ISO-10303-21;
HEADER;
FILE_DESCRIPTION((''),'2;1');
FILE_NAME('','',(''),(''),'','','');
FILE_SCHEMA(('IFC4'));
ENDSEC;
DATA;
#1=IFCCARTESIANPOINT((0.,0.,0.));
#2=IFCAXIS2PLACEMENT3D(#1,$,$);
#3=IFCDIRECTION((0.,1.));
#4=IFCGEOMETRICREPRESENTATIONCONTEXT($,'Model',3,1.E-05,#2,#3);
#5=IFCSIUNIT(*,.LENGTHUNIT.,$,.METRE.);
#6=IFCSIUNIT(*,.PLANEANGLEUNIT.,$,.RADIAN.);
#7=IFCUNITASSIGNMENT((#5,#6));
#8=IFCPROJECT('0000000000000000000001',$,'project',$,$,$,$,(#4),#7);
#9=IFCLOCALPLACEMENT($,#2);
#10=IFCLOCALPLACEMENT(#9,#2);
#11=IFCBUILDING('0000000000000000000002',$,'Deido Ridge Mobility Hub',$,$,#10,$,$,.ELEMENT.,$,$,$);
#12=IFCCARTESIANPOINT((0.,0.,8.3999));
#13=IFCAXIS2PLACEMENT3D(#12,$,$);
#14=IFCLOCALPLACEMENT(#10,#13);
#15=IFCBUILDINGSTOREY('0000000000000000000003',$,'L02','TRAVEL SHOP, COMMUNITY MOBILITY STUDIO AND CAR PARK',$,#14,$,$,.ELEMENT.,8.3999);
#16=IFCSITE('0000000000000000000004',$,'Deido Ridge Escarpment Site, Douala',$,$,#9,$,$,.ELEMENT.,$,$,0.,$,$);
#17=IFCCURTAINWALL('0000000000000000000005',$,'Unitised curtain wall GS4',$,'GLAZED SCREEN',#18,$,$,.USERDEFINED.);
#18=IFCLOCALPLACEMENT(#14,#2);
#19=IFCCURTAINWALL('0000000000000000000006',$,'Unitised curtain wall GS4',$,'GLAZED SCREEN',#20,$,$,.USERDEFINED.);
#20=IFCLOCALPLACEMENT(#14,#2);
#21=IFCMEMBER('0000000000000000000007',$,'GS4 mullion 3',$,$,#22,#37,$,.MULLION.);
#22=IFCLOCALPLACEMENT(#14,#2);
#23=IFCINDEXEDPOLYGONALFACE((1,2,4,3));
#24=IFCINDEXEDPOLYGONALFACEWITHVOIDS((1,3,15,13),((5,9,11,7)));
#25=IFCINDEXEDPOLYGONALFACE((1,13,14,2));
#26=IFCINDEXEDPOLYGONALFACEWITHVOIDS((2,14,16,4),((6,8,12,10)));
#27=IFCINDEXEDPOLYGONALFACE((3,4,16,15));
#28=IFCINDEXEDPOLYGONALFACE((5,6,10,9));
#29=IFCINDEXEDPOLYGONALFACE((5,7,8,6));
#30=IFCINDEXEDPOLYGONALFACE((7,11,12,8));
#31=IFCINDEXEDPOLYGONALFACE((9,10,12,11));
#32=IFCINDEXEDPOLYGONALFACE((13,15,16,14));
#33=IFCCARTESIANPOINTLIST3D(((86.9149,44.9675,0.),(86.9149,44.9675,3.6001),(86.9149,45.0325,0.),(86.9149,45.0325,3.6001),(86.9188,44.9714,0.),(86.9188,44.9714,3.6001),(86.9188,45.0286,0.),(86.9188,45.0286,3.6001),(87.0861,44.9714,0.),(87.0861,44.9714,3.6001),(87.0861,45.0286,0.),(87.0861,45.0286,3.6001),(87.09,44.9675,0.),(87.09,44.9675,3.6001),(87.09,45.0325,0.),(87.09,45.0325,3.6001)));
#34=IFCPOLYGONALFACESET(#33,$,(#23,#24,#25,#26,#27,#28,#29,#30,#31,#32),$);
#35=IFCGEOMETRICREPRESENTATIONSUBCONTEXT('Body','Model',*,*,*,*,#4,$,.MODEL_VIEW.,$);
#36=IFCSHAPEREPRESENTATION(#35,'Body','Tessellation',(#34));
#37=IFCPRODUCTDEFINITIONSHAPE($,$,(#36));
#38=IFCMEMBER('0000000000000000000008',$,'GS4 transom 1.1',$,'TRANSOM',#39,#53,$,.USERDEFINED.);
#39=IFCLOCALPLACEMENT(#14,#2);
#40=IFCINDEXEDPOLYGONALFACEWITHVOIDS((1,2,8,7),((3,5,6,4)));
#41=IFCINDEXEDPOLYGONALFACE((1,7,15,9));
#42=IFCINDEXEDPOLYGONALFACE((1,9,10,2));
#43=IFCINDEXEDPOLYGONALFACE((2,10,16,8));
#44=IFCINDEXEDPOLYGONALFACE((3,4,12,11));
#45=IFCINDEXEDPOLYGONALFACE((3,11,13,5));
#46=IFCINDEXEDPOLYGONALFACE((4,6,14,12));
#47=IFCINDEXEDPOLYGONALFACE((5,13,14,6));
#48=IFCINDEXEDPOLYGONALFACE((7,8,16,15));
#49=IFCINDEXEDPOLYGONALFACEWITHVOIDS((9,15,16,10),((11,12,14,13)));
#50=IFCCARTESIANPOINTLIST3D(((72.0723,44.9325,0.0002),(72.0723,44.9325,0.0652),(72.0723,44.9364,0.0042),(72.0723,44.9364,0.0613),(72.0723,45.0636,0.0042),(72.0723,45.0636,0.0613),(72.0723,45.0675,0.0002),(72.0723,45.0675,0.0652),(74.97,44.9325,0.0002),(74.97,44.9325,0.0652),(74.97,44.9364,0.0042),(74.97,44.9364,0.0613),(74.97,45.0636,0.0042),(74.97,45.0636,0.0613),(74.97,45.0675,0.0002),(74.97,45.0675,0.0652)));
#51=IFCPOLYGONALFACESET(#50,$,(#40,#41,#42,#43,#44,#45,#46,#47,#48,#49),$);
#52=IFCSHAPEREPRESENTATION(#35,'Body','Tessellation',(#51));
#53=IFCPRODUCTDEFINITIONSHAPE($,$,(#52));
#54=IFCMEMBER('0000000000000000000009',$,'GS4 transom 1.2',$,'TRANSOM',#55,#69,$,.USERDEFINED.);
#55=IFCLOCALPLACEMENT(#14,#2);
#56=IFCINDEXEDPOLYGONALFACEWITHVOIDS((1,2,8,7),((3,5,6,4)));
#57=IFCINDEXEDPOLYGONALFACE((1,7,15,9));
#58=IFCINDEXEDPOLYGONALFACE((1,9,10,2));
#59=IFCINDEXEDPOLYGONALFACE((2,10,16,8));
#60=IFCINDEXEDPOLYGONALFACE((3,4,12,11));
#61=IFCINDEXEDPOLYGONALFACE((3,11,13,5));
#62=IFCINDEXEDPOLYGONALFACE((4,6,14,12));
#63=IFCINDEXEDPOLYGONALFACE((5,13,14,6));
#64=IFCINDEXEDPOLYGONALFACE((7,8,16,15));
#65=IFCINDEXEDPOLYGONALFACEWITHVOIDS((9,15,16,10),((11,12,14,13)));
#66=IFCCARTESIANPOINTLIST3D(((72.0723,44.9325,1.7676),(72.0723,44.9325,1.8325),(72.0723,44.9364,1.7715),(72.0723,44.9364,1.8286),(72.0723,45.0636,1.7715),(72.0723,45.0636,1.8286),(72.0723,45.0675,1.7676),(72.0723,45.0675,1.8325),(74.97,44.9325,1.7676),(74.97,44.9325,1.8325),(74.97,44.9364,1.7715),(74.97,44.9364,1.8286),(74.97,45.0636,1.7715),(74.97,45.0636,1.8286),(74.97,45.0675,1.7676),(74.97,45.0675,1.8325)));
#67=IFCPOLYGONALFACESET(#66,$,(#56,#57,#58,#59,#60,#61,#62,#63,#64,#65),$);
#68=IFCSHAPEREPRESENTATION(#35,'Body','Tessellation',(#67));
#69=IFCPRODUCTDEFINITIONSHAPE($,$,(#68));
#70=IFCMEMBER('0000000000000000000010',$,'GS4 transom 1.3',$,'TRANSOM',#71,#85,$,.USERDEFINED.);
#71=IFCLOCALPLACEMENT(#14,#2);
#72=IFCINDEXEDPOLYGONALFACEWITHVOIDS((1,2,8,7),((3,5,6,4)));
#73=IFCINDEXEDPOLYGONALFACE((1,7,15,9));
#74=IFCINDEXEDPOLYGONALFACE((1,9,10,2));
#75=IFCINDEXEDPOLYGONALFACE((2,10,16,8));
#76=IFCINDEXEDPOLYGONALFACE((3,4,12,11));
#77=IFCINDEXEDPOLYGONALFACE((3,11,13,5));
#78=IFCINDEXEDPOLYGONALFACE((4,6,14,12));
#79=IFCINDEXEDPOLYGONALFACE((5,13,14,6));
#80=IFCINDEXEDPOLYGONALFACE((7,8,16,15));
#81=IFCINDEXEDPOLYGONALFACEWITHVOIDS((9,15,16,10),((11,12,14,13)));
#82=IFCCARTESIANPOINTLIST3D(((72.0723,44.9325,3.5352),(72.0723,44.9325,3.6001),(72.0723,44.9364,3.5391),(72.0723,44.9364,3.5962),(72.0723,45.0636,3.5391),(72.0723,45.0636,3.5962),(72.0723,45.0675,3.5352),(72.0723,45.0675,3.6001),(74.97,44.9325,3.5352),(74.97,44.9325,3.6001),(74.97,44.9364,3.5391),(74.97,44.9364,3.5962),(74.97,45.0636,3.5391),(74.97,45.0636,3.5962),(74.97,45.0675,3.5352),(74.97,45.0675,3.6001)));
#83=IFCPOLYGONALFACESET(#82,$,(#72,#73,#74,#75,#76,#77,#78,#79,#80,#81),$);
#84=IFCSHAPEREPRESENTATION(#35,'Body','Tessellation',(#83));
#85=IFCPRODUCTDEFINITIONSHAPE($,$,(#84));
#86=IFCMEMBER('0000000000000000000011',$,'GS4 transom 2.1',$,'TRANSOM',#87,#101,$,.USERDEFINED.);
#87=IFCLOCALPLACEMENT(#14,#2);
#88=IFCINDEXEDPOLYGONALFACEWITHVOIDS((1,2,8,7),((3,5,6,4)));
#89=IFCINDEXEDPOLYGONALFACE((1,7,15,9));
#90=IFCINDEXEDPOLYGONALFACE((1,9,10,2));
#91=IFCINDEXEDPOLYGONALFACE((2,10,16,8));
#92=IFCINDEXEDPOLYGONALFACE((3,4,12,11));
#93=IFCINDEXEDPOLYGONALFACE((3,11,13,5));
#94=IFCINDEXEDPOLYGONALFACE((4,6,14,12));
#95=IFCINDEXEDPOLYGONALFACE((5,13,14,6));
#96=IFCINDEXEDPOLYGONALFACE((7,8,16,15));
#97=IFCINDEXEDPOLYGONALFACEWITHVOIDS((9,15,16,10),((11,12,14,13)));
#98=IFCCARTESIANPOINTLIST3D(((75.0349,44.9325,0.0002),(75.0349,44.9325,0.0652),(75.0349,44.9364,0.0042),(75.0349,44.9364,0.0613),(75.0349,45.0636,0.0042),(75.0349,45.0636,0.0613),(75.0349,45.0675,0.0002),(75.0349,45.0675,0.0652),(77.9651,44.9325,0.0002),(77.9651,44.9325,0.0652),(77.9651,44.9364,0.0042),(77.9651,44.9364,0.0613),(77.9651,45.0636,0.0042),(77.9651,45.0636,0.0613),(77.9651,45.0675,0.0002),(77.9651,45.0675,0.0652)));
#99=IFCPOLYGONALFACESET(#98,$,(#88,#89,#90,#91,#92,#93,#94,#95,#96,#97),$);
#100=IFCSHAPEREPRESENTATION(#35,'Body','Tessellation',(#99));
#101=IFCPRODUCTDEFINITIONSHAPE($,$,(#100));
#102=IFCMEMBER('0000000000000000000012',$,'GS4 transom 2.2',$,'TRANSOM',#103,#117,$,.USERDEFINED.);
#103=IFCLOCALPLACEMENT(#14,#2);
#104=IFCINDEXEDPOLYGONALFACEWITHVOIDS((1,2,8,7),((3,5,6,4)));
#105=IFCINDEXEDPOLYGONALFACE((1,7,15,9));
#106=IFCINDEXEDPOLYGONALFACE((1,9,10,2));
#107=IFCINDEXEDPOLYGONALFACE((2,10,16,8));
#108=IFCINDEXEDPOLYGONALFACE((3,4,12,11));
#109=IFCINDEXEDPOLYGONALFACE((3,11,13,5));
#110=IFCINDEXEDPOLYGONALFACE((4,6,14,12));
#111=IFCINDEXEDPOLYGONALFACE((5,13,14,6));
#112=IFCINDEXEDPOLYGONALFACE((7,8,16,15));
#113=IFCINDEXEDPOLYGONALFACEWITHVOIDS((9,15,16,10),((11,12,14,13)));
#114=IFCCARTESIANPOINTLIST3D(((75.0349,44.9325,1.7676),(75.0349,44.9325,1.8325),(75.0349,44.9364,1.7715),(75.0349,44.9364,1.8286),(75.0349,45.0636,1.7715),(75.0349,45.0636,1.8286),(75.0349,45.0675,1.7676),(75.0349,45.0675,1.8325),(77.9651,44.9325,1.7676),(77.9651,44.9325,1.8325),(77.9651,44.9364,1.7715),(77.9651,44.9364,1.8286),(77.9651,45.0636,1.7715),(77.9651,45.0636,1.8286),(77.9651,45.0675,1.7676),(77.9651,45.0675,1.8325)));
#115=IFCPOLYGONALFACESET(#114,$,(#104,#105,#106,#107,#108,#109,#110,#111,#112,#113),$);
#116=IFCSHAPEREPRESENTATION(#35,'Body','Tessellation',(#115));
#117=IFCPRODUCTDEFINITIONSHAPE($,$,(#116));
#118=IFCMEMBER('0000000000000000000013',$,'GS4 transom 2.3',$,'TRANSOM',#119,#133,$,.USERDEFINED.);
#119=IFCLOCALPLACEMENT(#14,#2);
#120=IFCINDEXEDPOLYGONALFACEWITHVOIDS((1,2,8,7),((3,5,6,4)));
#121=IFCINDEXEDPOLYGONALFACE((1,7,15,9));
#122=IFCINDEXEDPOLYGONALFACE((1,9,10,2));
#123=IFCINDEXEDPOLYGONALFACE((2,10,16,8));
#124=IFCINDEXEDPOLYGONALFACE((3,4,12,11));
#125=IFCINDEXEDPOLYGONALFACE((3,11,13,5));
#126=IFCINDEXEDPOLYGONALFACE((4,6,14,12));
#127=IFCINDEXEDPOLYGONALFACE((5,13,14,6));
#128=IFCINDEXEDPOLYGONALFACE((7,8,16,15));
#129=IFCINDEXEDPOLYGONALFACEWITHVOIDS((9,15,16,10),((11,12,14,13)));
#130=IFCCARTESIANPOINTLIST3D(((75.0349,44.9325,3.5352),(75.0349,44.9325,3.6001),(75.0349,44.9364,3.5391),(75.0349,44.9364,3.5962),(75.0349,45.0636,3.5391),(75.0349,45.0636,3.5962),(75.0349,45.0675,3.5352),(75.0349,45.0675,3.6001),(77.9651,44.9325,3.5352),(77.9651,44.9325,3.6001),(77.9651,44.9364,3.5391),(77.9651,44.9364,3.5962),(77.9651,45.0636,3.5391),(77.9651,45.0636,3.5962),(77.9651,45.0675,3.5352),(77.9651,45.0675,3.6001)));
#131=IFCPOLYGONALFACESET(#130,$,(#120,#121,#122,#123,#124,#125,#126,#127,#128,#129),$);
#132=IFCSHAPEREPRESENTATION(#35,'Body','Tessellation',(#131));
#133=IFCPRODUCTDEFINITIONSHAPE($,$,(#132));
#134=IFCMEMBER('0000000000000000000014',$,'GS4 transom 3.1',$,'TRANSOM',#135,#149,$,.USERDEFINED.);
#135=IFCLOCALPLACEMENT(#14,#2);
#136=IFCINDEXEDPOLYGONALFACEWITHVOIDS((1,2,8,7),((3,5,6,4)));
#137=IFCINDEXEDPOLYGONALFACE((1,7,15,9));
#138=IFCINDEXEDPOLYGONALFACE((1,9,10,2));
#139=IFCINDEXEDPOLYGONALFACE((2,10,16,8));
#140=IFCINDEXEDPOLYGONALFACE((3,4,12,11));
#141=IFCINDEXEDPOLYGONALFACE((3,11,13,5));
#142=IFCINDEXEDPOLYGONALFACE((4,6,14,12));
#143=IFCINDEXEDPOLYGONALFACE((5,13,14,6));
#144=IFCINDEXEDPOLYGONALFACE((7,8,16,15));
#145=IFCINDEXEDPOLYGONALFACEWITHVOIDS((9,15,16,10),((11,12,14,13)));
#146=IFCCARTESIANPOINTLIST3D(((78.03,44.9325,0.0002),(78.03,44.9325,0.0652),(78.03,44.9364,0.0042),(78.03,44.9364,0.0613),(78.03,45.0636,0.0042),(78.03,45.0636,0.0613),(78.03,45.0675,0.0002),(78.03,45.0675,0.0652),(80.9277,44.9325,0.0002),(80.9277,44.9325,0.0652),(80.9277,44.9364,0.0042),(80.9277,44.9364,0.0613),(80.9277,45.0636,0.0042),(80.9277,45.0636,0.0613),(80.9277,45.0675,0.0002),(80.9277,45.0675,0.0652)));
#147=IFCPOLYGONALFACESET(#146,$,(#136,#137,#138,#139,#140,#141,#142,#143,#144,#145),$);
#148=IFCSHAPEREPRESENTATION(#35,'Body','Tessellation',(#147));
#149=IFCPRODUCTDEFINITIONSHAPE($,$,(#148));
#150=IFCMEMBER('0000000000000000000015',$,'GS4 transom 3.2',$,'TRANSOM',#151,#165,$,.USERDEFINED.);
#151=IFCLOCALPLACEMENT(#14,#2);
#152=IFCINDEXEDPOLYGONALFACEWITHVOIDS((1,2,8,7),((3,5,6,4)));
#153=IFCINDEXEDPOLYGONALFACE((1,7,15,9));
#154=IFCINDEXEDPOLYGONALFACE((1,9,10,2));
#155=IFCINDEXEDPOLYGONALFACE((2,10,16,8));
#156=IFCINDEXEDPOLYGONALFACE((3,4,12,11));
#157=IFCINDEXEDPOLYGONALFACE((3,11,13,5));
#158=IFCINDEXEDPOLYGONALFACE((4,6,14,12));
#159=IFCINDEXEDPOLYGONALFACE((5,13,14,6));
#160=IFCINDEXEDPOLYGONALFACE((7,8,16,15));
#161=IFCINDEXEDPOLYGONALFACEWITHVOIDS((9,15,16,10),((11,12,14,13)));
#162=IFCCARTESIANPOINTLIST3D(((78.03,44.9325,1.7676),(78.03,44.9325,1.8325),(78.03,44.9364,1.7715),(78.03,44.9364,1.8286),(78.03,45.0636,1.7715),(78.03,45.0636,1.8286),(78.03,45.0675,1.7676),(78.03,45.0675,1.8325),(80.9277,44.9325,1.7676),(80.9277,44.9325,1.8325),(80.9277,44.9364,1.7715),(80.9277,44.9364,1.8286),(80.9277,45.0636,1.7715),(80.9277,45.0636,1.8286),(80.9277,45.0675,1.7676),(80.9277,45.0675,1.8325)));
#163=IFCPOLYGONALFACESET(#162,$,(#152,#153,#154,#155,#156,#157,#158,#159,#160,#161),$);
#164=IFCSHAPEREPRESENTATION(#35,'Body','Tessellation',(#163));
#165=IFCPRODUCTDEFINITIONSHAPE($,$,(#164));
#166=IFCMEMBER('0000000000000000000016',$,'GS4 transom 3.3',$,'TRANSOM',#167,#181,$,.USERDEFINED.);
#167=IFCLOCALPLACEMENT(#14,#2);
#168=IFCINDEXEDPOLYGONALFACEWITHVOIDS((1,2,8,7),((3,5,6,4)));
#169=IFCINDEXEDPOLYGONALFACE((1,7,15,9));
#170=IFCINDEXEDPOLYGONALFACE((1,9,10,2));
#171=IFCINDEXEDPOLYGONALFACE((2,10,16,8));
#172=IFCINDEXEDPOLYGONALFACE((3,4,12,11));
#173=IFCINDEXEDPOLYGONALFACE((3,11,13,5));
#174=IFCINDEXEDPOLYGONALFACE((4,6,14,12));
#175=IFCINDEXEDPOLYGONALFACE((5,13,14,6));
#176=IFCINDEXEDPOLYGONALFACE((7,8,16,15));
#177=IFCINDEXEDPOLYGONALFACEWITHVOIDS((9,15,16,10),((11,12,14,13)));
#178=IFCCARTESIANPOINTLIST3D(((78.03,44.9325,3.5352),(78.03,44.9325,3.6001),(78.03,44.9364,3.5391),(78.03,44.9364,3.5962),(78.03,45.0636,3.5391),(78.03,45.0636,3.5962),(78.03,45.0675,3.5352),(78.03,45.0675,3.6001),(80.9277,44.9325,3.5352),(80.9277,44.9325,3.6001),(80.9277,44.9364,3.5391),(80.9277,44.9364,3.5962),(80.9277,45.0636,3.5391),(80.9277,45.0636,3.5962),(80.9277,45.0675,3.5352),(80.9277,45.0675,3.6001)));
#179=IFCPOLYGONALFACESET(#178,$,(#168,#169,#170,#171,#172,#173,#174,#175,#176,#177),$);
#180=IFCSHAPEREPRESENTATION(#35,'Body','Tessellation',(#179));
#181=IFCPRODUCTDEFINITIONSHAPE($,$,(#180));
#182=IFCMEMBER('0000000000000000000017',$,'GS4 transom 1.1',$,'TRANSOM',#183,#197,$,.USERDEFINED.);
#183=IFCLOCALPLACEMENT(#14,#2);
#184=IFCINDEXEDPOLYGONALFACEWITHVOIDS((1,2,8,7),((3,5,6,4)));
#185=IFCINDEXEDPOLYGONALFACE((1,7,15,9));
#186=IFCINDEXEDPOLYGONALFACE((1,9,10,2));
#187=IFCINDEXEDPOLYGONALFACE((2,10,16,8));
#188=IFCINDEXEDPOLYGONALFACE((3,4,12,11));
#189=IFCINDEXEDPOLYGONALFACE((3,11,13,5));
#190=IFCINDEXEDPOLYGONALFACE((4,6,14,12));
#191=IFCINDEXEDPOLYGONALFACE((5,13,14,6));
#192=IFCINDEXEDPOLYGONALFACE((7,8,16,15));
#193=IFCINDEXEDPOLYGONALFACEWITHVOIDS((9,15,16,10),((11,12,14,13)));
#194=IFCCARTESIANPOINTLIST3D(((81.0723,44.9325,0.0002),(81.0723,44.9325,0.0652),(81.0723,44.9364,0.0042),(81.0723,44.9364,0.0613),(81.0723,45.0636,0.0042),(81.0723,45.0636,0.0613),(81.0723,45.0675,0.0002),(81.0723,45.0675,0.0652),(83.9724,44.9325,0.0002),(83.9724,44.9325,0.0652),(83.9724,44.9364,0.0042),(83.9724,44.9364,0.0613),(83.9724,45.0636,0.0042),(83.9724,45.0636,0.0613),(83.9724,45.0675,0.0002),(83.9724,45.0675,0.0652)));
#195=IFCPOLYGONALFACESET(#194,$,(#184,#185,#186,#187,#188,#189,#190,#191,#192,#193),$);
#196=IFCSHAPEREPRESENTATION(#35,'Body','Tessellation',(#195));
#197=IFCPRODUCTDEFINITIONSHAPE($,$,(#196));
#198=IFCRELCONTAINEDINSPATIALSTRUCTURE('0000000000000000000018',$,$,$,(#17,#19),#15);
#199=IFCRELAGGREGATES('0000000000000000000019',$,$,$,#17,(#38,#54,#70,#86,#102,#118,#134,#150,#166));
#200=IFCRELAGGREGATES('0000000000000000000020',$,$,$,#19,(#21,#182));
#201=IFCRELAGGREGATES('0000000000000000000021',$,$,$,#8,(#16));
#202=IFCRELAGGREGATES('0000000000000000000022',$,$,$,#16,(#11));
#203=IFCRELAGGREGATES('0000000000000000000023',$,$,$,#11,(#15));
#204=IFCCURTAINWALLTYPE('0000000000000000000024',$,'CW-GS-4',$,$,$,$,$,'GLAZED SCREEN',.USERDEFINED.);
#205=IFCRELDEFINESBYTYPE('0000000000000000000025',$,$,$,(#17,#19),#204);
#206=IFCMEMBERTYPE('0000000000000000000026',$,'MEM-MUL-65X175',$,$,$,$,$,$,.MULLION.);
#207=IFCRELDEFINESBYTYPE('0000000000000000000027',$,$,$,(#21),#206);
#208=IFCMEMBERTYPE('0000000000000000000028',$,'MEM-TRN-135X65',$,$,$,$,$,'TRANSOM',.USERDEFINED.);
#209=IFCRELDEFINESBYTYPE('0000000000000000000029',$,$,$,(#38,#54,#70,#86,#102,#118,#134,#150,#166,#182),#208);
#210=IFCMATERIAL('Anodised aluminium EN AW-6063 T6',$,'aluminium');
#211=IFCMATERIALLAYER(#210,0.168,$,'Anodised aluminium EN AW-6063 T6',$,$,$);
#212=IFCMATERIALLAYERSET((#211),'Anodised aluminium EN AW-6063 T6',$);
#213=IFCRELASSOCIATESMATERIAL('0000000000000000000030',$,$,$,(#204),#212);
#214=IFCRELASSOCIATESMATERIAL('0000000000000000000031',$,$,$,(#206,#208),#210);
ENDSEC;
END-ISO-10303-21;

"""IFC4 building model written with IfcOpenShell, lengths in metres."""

from ifc_helpers import new_model, si_unit, direction, frame, origin, origin_2d, place, context, subcontext, project, spatial, hollow_rectangle, extrude, material, layer, layer_set, material_profile, profile_set, type_object, element, aggregate, save


model = new_model("IFC4")

# Units and contexts
model_context = context("Model", 3, precision=1e-05, world=origin(), true_north=direction((0.0, 1.0)))
body_context = subcontext(model_context, "Body", "Model", "MODEL_VIEW")
ifc_project = project(units=[si_unit("LENGTHUNIT", "METRE"), si_unit("PLANEANGLEUNIT", "RADIAN")], contexts=[model_context])

# Site, building, storey
site_placement = place(None, origin())
site = spatial("IfcSite", under=ifc_project, at=site_placement, Name="Deido Ridge Escarpment Site, Douala", CompositionType="ELEMENT", RefElevation=0.0)
building_placement = place(site_placement, origin())
building = spatial("IfcBuilding", under=site, at=building_placement, Name="Deido Ridge Mobility Hub", CompositionType="ELEMENT")
storey_placement = place(building_placement, frame((0.0, 0.0, 8.3999)))
storey = spatial("IfcBuildingStorey", under=building, at=storey_placement, Name="L02", Description="TRAVEL SHOP, COMMUNITY MOBILITY STUDIO AND CAR PARK", CompositionType="ELEMENT", Elevation=8.3999)

# Curtain walls, member
ifc_material_1 = material(Name="Anodised aluminium EN AW-6063 T6", Category="aluminium")
ifc_layer_1 = layer(ifc_material_1, 0.168, Name="Anodised aluminium EN AW-6063 T6")
ifc_layer_set_1 = layer_set([ifc_layer_1], Name="Anodised aluminium EN AW-6063 T6")
curtain_wall_type = type_object("IfcCurtainWallType", Name="CW-GS-4", ElementType="GLAZED SCREEN", PredefinedType="USERDEFINED", material=ifc_layer_set_1)
curtain_wall_1_placement = place(storey_placement, origin())
curtain_wall_1 = element("IfcCurtainWall", 1, at=curtain_wall_1_placement, inside=storey, type_object=curtain_wall_type, Name="Unitised curtain wall GS4", ObjectType="GLAZED SCREEN", PredefinedType="USERDEFINED")
ifc_material_profile_1 = material_profile(ifc_material_1, hollow_rectangle(XDim=0.0649, YDim=0.175, WallThickness=0.0039, at=origin_2d()), Name="RHS 65x175x4")
ifc_profile_set_1 = profile_set([ifc_material_profile_1], Name="Anodised aluminium EN AW-6063 T6")
member_type_1 = type_object("IfcMemberType", Name="MEM-MUL-65X175", PredefinedType="MULLION", material=ifc_profile_set_1)
curtain_wall_2_placement = place(storey_placement, origin())
curtain_wall_2 = element("IfcCurtainWall", 2, at=curtain_wall_2_placement, inside=storey, type_object=curtain_wall_type, Name="Unitised curtain wall GS4", ObjectType="GLAZED SCREEN", PredefinedType="USERDEFINED")
member_1_placement = place(storey_placement, frame((87.0024, 45.0, 0.0), z_axis=(0.0, 0.0, 1.0), x_axis=(0.0, 1.0, 0.0)))
member_1 = element("IfcMember", 3, at=member_1_placement, type_object=member_type_1, Name="GS4 mullion 3", PredefinedType="MULLION", context=body_context, shape_type="SweptSolid", body=[
    extrude(hollow_rectangle(XDim=0.0649, YDim=0.175, WallThickness=0.0039, at=origin_2d()), origin(), (0.0, 0.0, 1.0), 3.6001),
])

# Members
ifc_material_profile_2 = material_profile(ifc_material_1, hollow_rectangle(XDim=0.135, YDim=0.0649, WallThickness=0.0039, at=origin_2d()), Name="RHS 135x65x4")
ifc_profile_set_2 = profile_set([ifc_material_profile_2], Name="Anodised aluminium EN AW-6063 T6")
member_type_2 = type_object("IfcMemberType", Name="MEM-TRN-135X65", ElementType="TRANSOM", PredefinedType="USERDEFINED", material=ifc_profile_set_2)
member_2_placement = place(storey_placement, frame((72.0723, 45.0, 0.0327), z_axis=(1.0, 0.0, 0.0), x_axis=(0.0, 1.0, 0.0)))
member_2 = element("IfcMember", 4, at=member_2_placement, type_object=member_type_2, Name="GS4 transom 1.1", ObjectType="TRANSOM", PredefinedType="USERDEFINED", context=body_context, shape_type="SweptSolid", body=[
    extrude(hollow_rectangle(XDim=0.135, YDim=0.0649, WallThickness=0.0039, at=origin_2d()), origin(), (0.0, 0.0, 1.0), 2.8977),
])
member_3_placement = place(storey_placement, frame((72.0723, 45.0, 1.8), z_axis=(1.0, 0.0, 0.0), x_axis=(0.0, 1.0, 0.0)))
member_3 = element("IfcMember", 5, at=member_3_placement, type_object=member_type_2, Name="GS4 transom 1.2", ObjectType="TRANSOM", PredefinedType="USERDEFINED", context=body_context, shape_type="SweptSolid", body=[
    extrude(hollow_rectangle(XDim=0.135, YDim=0.0649, WallThickness=0.0039, at=origin_2d()), origin(), (0.0, 0.0, 1.0), 2.8977),
])
member_4_placement = place(storey_placement, frame((72.0723, 45.0, 3.5676), z_axis=(1.0, 0.0, 0.0), x_axis=(0.0, 1.0, 0.0)))
member_4 = element("IfcMember", 6, at=member_4_placement, type_object=member_type_2, Name="GS4 transom 1.3", ObjectType="TRANSOM", PredefinedType="USERDEFINED", context=body_context, shape_type="SweptSolid", body=[
    extrude(hollow_rectangle(XDim=0.135, YDim=0.0649, WallThickness=0.0039, at=origin_2d()), origin(), (0.0, 0.0, 1.0), 2.8977),
])
member_5_placement = place(storey_placement, frame((75.0349, 45.0, 0.0327), z_axis=(1.0, 0.0, 0.0), x_axis=(0.0, 1.0, 0.0)))
member_5 = element("IfcMember", 7, at=member_5_placement, type_object=member_type_2, Name="GS4 transom 2.1", ObjectType="TRANSOM", PredefinedType="USERDEFINED", context=body_context, shape_type="SweptSolid", body=[
    extrude(hollow_rectangle(XDim=0.135, YDim=0.0649, WallThickness=0.0039, at=origin_2d()), origin(), (0.0, 0.0, 1.0), 2.9302),
])
member_6_placement = place(storey_placement, frame((75.0349, 45.0, 1.8), z_axis=(1.0, 0.0, 0.0), x_axis=(0.0, 1.0, 0.0)))
member_6 = element("IfcMember", 8, at=member_6_placement, type_object=member_type_2, Name="GS4 transom 2.2", ObjectType="TRANSOM", PredefinedType="USERDEFINED", context=body_context, shape_type="SweptSolid", body=[
    extrude(hollow_rectangle(XDim=0.135, YDim=0.0649, WallThickness=0.0039, at=origin_2d()), origin(), (0.0, 0.0, 1.0), 2.9302),
])
member_7_placement = place(storey_placement, frame((75.0349, 45.0, 3.5676), z_axis=(1.0, 0.0, 0.0), x_axis=(0.0, 1.0, 0.0)))
member_7 = element("IfcMember", 9, at=member_7_placement, type_object=member_type_2, Name="GS4 transom 2.3", ObjectType="TRANSOM", PredefinedType="USERDEFINED", context=body_context, shape_type="SweptSolid", body=[
    extrude(hollow_rectangle(XDim=0.135, YDim=0.0649, WallThickness=0.0039, at=origin_2d()), origin(), (0.0, 0.0, 1.0), 2.9302),
])
member_8_placement = place(storey_placement, frame((78.03, 45.0, 0.0327), z_axis=(1.0, 0.0, 0.0), x_axis=(0.0, 1.0, 0.0)))
member_8 = element("IfcMember", 10, at=member_8_placement, type_object=member_type_2, Name="GS4 transom 3.1", ObjectType="TRANSOM", PredefinedType="USERDEFINED", context=body_context, shape_type="SweptSolid", body=[
    extrude(hollow_rectangle(XDim=0.135, YDim=0.0649, WallThickness=0.0039, at=origin_2d()), origin(), (0.0, 0.0, 1.0), 2.8977),
])
member_9_placement = place(storey_placement, frame((78.03, 45.0, 1.8), z_axis=(1.0, 0.0, 0.0), x_axis=(0.0, 1.0, 0.0)))
member_9 = element("IfcMember", 11, at=member_9_placement, type_object=member_type_2, Name="GS4 transom 3.2", ObjectType="TRANSOM", PredefinedType="USERDEFINED", context=body_context, shape_type="SweptSolid", body=[
    extrude(hollow_rectangle(XDim=0.135, YDim=0.0649, WallThickness=0.0039, at=origin_2d()), origin(), (0.0, 0.0, 1.0), 2.8977),
])
member_10_placement = place(storey_placement, frame((78.03, 45.0, 3.5676), z_axis=(1.0, 0.0, 0.0), x_axis=(0.0, 1.0, 0.0)))
member_10 = element("IfcMember", 12, at=member_10_placement, type_object=member_type_2, Name="GS4 transom 3.3", ObjectType="TRANSOM", PredefinedType="USERDEFINED", context=body_context, shape_type="SweptSolid", body=[
    extrude(hollow_rectangle(XDim=0.135, YDim=0.0649, WallThickness=0.0039, at=origin_2d()), origin(), (0.0, 0.0, 1.0), 2.8977),
])
member_11_placement = place(storey_placement, frame((81.0723, 45.0, 0.0327), z_axis=(1.0, 0.0, 0.0), x_axis=(0.0, 1.0, 0.0)))
member_11 = element("IfcMember", 13, at=member_11_placement, type_object=member_type_2, Name="GS4 transom 1.1", ObjectType="TRANSOM", PredefinedType="USERDEFINED", context=body_context, shape_type="SweptSolid", body=[
    extrude(hollow_rectangle(XDim=0.135, YDim=0.0649, WallThickness=0.0039, at=origin_2d()), origin(), (0.0, 0.0, 1.0), 2.9001),
])

aggregate(curtain_wall_1, [member_2, member_3, member_4, member_5, member_6, member_7, member_8, member_9, member_10])
aggregate(curtain_wall_2, [member_1, member_11])

save(model, "model.ifc")
